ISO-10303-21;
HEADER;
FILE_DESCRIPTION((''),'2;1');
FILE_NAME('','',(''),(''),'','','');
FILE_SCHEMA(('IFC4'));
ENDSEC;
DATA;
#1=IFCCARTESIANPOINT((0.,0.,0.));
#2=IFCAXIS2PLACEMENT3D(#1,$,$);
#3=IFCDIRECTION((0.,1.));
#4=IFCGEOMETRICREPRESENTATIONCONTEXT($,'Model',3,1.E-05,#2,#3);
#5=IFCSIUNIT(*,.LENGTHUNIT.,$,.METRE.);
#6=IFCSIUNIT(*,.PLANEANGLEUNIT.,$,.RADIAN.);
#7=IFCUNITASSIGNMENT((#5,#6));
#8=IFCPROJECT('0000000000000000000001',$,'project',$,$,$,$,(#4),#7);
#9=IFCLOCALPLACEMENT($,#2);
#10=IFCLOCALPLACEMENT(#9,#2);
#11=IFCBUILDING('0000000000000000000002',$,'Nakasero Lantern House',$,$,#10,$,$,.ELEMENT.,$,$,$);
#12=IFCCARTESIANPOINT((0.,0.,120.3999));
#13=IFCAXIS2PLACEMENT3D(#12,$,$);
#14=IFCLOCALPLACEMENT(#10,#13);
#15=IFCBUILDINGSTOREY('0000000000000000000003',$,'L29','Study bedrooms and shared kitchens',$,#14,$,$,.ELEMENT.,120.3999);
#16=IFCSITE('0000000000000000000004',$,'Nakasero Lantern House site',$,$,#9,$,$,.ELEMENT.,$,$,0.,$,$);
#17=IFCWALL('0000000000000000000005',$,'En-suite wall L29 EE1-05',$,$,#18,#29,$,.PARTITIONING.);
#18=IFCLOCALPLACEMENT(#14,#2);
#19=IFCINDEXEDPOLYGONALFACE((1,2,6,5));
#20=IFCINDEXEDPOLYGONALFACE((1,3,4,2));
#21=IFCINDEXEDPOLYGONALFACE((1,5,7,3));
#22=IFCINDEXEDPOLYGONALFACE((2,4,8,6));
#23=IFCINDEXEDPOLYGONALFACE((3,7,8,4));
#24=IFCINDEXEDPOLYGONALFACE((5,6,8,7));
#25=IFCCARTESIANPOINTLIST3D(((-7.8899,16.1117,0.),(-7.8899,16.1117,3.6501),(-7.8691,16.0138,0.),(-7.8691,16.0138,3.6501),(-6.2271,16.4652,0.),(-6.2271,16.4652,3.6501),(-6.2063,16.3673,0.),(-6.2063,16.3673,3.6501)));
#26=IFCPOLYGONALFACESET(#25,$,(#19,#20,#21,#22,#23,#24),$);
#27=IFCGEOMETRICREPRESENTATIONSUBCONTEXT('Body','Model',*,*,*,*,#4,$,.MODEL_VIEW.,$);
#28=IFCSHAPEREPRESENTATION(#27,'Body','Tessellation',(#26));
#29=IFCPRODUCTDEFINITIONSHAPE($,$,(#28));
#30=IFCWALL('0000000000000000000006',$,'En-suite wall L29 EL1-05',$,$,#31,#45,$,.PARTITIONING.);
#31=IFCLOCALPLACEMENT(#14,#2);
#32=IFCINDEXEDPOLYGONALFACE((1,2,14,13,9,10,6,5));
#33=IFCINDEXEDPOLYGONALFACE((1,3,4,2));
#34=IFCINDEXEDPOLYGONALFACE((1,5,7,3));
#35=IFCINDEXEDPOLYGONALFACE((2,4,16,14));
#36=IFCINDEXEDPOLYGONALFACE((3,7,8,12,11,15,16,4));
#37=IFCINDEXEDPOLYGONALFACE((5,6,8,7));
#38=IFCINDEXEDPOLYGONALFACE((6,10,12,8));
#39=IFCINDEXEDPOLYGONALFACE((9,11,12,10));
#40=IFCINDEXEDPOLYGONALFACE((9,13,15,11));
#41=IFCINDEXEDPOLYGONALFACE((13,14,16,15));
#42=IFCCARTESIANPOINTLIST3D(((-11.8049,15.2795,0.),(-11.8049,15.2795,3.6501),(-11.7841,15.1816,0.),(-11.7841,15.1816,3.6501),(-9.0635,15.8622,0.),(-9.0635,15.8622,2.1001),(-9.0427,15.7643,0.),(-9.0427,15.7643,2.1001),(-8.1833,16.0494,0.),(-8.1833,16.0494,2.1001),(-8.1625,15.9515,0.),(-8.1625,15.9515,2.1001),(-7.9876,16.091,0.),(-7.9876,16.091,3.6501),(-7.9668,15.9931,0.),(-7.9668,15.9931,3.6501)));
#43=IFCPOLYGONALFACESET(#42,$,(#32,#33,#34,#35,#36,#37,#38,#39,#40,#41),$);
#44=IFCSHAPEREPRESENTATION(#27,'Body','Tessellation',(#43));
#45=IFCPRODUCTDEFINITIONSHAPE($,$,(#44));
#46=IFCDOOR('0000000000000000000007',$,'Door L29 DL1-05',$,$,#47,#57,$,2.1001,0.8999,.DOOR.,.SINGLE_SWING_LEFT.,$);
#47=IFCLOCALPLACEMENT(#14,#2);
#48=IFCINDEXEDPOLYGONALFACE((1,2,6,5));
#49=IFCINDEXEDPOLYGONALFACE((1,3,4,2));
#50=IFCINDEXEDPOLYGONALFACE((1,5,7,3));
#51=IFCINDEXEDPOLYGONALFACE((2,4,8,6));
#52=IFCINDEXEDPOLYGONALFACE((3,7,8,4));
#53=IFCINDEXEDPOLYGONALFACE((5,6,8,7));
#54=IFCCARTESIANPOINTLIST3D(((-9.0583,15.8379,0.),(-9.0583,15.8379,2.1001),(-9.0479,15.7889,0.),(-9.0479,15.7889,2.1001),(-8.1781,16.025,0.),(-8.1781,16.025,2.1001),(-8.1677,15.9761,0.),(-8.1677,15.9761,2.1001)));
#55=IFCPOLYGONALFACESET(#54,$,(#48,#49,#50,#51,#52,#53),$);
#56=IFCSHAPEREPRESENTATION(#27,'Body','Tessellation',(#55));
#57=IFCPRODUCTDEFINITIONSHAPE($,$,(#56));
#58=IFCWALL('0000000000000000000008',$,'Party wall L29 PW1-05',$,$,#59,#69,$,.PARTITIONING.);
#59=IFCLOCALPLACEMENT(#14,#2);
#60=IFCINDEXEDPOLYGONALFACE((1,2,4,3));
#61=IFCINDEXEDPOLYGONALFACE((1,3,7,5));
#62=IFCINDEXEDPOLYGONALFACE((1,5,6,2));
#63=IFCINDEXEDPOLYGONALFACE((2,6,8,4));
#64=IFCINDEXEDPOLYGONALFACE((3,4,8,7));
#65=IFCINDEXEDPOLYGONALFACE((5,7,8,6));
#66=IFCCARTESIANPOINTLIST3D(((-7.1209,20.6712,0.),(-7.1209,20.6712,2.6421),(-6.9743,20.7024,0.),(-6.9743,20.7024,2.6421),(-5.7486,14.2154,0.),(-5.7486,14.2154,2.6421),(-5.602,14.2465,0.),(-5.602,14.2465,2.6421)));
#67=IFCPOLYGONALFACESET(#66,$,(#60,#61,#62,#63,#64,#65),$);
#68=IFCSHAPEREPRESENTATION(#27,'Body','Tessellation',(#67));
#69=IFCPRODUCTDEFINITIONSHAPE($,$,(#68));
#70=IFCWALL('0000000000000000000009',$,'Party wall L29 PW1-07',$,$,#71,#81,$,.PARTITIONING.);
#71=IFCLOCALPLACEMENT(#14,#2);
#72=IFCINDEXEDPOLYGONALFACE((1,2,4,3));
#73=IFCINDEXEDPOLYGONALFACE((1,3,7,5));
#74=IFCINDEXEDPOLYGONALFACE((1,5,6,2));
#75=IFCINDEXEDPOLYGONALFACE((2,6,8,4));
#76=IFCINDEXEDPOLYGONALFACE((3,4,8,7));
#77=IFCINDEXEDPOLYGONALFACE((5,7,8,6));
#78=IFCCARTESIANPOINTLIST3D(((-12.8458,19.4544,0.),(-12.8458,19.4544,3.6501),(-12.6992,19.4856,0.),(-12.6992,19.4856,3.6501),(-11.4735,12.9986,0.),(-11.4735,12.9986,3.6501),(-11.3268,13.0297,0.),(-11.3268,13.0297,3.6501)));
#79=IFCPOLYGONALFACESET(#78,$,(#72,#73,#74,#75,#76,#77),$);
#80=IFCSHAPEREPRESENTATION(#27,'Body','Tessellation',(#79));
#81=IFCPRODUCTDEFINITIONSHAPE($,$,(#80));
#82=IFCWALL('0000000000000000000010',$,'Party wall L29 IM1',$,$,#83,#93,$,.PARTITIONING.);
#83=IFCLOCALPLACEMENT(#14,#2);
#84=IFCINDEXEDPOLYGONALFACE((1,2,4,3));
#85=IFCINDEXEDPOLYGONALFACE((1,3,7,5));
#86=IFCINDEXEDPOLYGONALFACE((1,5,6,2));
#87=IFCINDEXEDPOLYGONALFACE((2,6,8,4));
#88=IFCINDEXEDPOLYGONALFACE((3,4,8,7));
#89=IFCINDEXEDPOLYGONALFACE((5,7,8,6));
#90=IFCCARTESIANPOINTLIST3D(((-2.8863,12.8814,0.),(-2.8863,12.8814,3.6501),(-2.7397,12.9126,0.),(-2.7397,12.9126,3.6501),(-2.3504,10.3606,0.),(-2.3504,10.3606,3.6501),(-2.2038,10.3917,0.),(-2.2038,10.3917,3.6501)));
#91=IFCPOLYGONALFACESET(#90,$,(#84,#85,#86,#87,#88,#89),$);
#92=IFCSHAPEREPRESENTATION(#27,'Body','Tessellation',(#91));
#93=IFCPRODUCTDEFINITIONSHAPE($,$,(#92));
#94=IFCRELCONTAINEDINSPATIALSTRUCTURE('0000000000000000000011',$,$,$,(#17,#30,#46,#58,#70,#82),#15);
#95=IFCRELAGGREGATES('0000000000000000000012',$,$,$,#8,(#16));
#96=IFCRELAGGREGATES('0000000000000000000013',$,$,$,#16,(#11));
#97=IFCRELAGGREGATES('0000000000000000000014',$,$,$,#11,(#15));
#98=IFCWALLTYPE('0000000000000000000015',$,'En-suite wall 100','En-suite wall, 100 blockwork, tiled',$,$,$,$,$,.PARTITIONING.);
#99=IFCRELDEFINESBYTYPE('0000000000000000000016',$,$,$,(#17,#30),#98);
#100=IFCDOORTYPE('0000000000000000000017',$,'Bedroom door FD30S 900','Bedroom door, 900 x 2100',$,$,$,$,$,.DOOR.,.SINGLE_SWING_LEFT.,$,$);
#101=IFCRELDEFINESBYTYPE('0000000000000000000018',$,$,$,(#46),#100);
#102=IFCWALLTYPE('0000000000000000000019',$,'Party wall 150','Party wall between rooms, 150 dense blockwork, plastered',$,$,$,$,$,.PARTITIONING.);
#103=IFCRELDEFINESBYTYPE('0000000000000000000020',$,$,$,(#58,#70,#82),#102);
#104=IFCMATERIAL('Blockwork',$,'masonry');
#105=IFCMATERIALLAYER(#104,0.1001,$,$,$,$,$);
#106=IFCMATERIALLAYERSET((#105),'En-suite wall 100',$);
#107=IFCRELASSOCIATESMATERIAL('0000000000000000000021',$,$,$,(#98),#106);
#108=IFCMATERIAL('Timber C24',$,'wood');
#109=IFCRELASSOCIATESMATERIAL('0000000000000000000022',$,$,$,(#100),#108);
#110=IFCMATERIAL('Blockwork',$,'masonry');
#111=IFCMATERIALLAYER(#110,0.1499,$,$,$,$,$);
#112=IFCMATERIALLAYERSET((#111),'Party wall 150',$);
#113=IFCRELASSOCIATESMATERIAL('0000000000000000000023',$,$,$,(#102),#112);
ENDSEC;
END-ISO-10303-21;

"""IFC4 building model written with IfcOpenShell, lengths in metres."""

from ifc_helpers import new_model, si_unit, direction, frame, frame_2d, origin, place, context, subcontext, project, spatial, rectangle, extrude, material, layer, layer_set, type_object, element, fill, save


model = new_model("IFC4")

# Units and contexts
model_context = context("Model", 3, precision=1e-05, world=origin(), true_north=direction((0.0, 1.0)))
body_context = subcontext(model_context, "Body", "Model", "MODEL_VIEW")
ifc_project = project(units=[si_unit("LENGTHUNIT", "METRE"), si_unit("PLANEANGLEUNIT", "RADIAN")], contexts=[model_context])

# Site, building, storey
site_placement = place(None, origin())
site = spatial("IfcSite", under=ifc_project, at=site_placement, Name="Nakasero Lantern House site", CompositionType="ELEMENT", RefElevation=0.0)
building_placement = place(site_placement, origin())
building = spatial("IfcBuilding", under=site, at=building_placement, Name="Nakasero Lantern House", CompositionType="ELEMENT")
storey_placement = place(building_placement, frame((0.0, 0.0, 120.3999)))
storey = spatial("IfcBuildingStorey", under=building, at=storey_placement, Name="L29", Description="Study bedrooms and shared kitchens", CompositionType="ELEMENT", Elevation=120.3999)

# Shared definitions
ifc_material_1 = material(Name="Blockwork", Category="masonry")
ifc_layer_1 = layer(ifc_material_1, 0.1001)
ifc_layer_set_1 = layer_set([ifc_layer_1], Name="En-suite wall 100")
wall_type_1 = type_object("IfcWallType", Name="En-suite wall 100", Description="En-suite wall, 100 blockwork, tiled", PredefinedType="PARTITIONING", material=ifc_layer_set_1)

# Wall
wall_1_placement = place(storey_placement, frame((-6.2166, 16.4163, 0.0), z_axis=(0.0, 0.0, 1.0), x_axis=(-0.97814, -0.20795, 0.0)))
element("IfcWall", 1, at=wall_1_placement, inside=storey, type_object=wall_type_1, Name="En-suite wall L29 EE1-05", PredefinedType="PARTITIONING", context=body_context, shape_type="SweptSolid", body=[
    extrude(rectangle(XDim=1.7, YDim=0.1001, at=frame_2d((0.8501, 0.0))), origin(), (0.0, 0.0, 1.0), 3.6501),
])

# Wall, opening, door
wall_2_placement = place(storey_placement, frame((-7.9773, 16.042, 0.0), z_axis=(0.0, 0.0, 1.0), x_axis=(-0.978142, -0.20794, 0.0)))
wall_2 = element("IfcWall", 2, at=wall_2_placement, inside=storey, type_object=wall_type_1, Name="En-suite wall L29 EL1-05", PredefinedType="PARTITIONING", context=body_context, shape_type="SweptSolid", body=[
    extrude(rectangle(XDim=3.9026, YDim=0.1001, at=frame_2d((1.9512, 0.0))), origin(), (0.0, 0.0, 1.0), 3.6501),
])
opening_1_placement = place(wall_2_placement, frame((0.2, 0.0, 0.0)))
opening_1 = element("IfcOpeningElement", 3, at=opening_1_placement, cuts=wall_2, PredefinedType="OPENING", context=body_context, shape_type="SweptSolid", body=[
    extrude(rectangle(XDim=0.8999, YDim=2.1001, at=frame_2d((0.45, 1.05))), frame((0.0, 0.0701, 0.0), z_axis=(0.0, -1.0, 0.0), x_axis=(1.0, 0.0, 0.0)), (0.0, 0.0, 1.0), 0.1401),
])
ifc_material_2 = material(Name="Timber C24", Category="wood")
door_type_1 = type_object("IfcDoorType", Name="Bedroom door FD30S 900", Description="Bedroom door, 900 x 2100", OperationType="SINGLE_SWING_LEFT", PredefinedType="DOOR", material=ifc_material_2)
door_1_placement = place(opening_1_placement, origin())
door_1 = element("IfcDoor", 4, at=door_1_placement, inside=storey, type_object=door_type_1, Name="Door L29 DL1-05", OperationType="SINGLE_SWING_LEFT", OverallHeight=2.1001, OverallWidth=0.8999, PredefinedType="DOOR", context=body_context, shape_type="SweptSolid", body=[
    extrude(rectangle(XDim=0.8999, YDim=2.1001, at=frame_2d((0.45, 1.05))), frame((0.0, 0.0249, 0.0), z_axis=(0.0, -1.0, 0.0), x_axis=(1.0, 0.0, 0.0)), (0.0, 0.0, 1.0), 0.05),
])
fill(opening_1, door_1)

# Walls
ifc_material_3 = material(Name="Blockwork", Category="masonry")
ifc_layer_2 = layer(ifc_material_3, 0.1499)
ifc_layer_set_2 = layer_set([ifc_layer_2], Name="Party wall 150")
wall_type_2 = type_object("IfcWallType", Name="Party wall 150", Description="Party wall between rooms, 150 dense blockwork, plastered", PredefinedType="PARTITIONING", material=ifc_layer_set_2)
wall_3_placement = place(storey_placement, frame((-5.6753, 14.231, 0.0), z_axis=(0.0, 0.0, 1.0), x_axis=(-0.207925, 0.978145, 0.0)))
element("IfcWall", 5, at=wall_3_placement, inside=storey, type_object=wall_type_2, Name="Party wall L29 PW1-05", PredefinedType="PARTITIONING", context=body_context, shape_type="SweptSolid", body=[
    extrude(rectangle(XDim=6.6001, YDim=0.1499, at=frame_2d((3.3, 0.0))), origin(), (0.0, 0.0, 1.0), 2.6421),
])
wall_4_placement = place(storey_placement, frame((-11.4001, 13.0142, 0.0), z_axis=(0.0, 0.0, 1.0), x_axis=(-0.207925, 0.978145, 0.0)))
element("IfcWall", 6, at=wall_4_placement, inside=storey, type_object=wall_type_2, Name="Party wall L29 PW1-07", PredefinedType="PARTITIONING", context=body_context, shape_type="SweptSolid", body=[
    extrude(rectangle(XDim=6.6001, YDim=0.1499, at=frame_2d((3.3, 0.0))), origin(), (0.0, 0.0, 1.0), 3.6501),
])
wall_5_placement = place(storey_placement, frame((-2.813, 12.897, 0.0), z_axis=(0.0, 0.0, 1.0), x_axis=(0.207944, -0.978141, 0.0)))
element("IfcWall", 7, at=wall_5_placement, inside=storey, type_object=wall_type_2, Name="Party wall L29 IM1", PredefinedType="PARTITIONING", context=body_context, shape_type="SweptSolid", body=[
    extrude(rectangle(XDim=2.5771, YDim=0.1499, at=frame_2d((1.2886, 0.0))), origin(), (0.0, 0.0, 1.0), 3.6501),
])

save(model, "model.ifc")
